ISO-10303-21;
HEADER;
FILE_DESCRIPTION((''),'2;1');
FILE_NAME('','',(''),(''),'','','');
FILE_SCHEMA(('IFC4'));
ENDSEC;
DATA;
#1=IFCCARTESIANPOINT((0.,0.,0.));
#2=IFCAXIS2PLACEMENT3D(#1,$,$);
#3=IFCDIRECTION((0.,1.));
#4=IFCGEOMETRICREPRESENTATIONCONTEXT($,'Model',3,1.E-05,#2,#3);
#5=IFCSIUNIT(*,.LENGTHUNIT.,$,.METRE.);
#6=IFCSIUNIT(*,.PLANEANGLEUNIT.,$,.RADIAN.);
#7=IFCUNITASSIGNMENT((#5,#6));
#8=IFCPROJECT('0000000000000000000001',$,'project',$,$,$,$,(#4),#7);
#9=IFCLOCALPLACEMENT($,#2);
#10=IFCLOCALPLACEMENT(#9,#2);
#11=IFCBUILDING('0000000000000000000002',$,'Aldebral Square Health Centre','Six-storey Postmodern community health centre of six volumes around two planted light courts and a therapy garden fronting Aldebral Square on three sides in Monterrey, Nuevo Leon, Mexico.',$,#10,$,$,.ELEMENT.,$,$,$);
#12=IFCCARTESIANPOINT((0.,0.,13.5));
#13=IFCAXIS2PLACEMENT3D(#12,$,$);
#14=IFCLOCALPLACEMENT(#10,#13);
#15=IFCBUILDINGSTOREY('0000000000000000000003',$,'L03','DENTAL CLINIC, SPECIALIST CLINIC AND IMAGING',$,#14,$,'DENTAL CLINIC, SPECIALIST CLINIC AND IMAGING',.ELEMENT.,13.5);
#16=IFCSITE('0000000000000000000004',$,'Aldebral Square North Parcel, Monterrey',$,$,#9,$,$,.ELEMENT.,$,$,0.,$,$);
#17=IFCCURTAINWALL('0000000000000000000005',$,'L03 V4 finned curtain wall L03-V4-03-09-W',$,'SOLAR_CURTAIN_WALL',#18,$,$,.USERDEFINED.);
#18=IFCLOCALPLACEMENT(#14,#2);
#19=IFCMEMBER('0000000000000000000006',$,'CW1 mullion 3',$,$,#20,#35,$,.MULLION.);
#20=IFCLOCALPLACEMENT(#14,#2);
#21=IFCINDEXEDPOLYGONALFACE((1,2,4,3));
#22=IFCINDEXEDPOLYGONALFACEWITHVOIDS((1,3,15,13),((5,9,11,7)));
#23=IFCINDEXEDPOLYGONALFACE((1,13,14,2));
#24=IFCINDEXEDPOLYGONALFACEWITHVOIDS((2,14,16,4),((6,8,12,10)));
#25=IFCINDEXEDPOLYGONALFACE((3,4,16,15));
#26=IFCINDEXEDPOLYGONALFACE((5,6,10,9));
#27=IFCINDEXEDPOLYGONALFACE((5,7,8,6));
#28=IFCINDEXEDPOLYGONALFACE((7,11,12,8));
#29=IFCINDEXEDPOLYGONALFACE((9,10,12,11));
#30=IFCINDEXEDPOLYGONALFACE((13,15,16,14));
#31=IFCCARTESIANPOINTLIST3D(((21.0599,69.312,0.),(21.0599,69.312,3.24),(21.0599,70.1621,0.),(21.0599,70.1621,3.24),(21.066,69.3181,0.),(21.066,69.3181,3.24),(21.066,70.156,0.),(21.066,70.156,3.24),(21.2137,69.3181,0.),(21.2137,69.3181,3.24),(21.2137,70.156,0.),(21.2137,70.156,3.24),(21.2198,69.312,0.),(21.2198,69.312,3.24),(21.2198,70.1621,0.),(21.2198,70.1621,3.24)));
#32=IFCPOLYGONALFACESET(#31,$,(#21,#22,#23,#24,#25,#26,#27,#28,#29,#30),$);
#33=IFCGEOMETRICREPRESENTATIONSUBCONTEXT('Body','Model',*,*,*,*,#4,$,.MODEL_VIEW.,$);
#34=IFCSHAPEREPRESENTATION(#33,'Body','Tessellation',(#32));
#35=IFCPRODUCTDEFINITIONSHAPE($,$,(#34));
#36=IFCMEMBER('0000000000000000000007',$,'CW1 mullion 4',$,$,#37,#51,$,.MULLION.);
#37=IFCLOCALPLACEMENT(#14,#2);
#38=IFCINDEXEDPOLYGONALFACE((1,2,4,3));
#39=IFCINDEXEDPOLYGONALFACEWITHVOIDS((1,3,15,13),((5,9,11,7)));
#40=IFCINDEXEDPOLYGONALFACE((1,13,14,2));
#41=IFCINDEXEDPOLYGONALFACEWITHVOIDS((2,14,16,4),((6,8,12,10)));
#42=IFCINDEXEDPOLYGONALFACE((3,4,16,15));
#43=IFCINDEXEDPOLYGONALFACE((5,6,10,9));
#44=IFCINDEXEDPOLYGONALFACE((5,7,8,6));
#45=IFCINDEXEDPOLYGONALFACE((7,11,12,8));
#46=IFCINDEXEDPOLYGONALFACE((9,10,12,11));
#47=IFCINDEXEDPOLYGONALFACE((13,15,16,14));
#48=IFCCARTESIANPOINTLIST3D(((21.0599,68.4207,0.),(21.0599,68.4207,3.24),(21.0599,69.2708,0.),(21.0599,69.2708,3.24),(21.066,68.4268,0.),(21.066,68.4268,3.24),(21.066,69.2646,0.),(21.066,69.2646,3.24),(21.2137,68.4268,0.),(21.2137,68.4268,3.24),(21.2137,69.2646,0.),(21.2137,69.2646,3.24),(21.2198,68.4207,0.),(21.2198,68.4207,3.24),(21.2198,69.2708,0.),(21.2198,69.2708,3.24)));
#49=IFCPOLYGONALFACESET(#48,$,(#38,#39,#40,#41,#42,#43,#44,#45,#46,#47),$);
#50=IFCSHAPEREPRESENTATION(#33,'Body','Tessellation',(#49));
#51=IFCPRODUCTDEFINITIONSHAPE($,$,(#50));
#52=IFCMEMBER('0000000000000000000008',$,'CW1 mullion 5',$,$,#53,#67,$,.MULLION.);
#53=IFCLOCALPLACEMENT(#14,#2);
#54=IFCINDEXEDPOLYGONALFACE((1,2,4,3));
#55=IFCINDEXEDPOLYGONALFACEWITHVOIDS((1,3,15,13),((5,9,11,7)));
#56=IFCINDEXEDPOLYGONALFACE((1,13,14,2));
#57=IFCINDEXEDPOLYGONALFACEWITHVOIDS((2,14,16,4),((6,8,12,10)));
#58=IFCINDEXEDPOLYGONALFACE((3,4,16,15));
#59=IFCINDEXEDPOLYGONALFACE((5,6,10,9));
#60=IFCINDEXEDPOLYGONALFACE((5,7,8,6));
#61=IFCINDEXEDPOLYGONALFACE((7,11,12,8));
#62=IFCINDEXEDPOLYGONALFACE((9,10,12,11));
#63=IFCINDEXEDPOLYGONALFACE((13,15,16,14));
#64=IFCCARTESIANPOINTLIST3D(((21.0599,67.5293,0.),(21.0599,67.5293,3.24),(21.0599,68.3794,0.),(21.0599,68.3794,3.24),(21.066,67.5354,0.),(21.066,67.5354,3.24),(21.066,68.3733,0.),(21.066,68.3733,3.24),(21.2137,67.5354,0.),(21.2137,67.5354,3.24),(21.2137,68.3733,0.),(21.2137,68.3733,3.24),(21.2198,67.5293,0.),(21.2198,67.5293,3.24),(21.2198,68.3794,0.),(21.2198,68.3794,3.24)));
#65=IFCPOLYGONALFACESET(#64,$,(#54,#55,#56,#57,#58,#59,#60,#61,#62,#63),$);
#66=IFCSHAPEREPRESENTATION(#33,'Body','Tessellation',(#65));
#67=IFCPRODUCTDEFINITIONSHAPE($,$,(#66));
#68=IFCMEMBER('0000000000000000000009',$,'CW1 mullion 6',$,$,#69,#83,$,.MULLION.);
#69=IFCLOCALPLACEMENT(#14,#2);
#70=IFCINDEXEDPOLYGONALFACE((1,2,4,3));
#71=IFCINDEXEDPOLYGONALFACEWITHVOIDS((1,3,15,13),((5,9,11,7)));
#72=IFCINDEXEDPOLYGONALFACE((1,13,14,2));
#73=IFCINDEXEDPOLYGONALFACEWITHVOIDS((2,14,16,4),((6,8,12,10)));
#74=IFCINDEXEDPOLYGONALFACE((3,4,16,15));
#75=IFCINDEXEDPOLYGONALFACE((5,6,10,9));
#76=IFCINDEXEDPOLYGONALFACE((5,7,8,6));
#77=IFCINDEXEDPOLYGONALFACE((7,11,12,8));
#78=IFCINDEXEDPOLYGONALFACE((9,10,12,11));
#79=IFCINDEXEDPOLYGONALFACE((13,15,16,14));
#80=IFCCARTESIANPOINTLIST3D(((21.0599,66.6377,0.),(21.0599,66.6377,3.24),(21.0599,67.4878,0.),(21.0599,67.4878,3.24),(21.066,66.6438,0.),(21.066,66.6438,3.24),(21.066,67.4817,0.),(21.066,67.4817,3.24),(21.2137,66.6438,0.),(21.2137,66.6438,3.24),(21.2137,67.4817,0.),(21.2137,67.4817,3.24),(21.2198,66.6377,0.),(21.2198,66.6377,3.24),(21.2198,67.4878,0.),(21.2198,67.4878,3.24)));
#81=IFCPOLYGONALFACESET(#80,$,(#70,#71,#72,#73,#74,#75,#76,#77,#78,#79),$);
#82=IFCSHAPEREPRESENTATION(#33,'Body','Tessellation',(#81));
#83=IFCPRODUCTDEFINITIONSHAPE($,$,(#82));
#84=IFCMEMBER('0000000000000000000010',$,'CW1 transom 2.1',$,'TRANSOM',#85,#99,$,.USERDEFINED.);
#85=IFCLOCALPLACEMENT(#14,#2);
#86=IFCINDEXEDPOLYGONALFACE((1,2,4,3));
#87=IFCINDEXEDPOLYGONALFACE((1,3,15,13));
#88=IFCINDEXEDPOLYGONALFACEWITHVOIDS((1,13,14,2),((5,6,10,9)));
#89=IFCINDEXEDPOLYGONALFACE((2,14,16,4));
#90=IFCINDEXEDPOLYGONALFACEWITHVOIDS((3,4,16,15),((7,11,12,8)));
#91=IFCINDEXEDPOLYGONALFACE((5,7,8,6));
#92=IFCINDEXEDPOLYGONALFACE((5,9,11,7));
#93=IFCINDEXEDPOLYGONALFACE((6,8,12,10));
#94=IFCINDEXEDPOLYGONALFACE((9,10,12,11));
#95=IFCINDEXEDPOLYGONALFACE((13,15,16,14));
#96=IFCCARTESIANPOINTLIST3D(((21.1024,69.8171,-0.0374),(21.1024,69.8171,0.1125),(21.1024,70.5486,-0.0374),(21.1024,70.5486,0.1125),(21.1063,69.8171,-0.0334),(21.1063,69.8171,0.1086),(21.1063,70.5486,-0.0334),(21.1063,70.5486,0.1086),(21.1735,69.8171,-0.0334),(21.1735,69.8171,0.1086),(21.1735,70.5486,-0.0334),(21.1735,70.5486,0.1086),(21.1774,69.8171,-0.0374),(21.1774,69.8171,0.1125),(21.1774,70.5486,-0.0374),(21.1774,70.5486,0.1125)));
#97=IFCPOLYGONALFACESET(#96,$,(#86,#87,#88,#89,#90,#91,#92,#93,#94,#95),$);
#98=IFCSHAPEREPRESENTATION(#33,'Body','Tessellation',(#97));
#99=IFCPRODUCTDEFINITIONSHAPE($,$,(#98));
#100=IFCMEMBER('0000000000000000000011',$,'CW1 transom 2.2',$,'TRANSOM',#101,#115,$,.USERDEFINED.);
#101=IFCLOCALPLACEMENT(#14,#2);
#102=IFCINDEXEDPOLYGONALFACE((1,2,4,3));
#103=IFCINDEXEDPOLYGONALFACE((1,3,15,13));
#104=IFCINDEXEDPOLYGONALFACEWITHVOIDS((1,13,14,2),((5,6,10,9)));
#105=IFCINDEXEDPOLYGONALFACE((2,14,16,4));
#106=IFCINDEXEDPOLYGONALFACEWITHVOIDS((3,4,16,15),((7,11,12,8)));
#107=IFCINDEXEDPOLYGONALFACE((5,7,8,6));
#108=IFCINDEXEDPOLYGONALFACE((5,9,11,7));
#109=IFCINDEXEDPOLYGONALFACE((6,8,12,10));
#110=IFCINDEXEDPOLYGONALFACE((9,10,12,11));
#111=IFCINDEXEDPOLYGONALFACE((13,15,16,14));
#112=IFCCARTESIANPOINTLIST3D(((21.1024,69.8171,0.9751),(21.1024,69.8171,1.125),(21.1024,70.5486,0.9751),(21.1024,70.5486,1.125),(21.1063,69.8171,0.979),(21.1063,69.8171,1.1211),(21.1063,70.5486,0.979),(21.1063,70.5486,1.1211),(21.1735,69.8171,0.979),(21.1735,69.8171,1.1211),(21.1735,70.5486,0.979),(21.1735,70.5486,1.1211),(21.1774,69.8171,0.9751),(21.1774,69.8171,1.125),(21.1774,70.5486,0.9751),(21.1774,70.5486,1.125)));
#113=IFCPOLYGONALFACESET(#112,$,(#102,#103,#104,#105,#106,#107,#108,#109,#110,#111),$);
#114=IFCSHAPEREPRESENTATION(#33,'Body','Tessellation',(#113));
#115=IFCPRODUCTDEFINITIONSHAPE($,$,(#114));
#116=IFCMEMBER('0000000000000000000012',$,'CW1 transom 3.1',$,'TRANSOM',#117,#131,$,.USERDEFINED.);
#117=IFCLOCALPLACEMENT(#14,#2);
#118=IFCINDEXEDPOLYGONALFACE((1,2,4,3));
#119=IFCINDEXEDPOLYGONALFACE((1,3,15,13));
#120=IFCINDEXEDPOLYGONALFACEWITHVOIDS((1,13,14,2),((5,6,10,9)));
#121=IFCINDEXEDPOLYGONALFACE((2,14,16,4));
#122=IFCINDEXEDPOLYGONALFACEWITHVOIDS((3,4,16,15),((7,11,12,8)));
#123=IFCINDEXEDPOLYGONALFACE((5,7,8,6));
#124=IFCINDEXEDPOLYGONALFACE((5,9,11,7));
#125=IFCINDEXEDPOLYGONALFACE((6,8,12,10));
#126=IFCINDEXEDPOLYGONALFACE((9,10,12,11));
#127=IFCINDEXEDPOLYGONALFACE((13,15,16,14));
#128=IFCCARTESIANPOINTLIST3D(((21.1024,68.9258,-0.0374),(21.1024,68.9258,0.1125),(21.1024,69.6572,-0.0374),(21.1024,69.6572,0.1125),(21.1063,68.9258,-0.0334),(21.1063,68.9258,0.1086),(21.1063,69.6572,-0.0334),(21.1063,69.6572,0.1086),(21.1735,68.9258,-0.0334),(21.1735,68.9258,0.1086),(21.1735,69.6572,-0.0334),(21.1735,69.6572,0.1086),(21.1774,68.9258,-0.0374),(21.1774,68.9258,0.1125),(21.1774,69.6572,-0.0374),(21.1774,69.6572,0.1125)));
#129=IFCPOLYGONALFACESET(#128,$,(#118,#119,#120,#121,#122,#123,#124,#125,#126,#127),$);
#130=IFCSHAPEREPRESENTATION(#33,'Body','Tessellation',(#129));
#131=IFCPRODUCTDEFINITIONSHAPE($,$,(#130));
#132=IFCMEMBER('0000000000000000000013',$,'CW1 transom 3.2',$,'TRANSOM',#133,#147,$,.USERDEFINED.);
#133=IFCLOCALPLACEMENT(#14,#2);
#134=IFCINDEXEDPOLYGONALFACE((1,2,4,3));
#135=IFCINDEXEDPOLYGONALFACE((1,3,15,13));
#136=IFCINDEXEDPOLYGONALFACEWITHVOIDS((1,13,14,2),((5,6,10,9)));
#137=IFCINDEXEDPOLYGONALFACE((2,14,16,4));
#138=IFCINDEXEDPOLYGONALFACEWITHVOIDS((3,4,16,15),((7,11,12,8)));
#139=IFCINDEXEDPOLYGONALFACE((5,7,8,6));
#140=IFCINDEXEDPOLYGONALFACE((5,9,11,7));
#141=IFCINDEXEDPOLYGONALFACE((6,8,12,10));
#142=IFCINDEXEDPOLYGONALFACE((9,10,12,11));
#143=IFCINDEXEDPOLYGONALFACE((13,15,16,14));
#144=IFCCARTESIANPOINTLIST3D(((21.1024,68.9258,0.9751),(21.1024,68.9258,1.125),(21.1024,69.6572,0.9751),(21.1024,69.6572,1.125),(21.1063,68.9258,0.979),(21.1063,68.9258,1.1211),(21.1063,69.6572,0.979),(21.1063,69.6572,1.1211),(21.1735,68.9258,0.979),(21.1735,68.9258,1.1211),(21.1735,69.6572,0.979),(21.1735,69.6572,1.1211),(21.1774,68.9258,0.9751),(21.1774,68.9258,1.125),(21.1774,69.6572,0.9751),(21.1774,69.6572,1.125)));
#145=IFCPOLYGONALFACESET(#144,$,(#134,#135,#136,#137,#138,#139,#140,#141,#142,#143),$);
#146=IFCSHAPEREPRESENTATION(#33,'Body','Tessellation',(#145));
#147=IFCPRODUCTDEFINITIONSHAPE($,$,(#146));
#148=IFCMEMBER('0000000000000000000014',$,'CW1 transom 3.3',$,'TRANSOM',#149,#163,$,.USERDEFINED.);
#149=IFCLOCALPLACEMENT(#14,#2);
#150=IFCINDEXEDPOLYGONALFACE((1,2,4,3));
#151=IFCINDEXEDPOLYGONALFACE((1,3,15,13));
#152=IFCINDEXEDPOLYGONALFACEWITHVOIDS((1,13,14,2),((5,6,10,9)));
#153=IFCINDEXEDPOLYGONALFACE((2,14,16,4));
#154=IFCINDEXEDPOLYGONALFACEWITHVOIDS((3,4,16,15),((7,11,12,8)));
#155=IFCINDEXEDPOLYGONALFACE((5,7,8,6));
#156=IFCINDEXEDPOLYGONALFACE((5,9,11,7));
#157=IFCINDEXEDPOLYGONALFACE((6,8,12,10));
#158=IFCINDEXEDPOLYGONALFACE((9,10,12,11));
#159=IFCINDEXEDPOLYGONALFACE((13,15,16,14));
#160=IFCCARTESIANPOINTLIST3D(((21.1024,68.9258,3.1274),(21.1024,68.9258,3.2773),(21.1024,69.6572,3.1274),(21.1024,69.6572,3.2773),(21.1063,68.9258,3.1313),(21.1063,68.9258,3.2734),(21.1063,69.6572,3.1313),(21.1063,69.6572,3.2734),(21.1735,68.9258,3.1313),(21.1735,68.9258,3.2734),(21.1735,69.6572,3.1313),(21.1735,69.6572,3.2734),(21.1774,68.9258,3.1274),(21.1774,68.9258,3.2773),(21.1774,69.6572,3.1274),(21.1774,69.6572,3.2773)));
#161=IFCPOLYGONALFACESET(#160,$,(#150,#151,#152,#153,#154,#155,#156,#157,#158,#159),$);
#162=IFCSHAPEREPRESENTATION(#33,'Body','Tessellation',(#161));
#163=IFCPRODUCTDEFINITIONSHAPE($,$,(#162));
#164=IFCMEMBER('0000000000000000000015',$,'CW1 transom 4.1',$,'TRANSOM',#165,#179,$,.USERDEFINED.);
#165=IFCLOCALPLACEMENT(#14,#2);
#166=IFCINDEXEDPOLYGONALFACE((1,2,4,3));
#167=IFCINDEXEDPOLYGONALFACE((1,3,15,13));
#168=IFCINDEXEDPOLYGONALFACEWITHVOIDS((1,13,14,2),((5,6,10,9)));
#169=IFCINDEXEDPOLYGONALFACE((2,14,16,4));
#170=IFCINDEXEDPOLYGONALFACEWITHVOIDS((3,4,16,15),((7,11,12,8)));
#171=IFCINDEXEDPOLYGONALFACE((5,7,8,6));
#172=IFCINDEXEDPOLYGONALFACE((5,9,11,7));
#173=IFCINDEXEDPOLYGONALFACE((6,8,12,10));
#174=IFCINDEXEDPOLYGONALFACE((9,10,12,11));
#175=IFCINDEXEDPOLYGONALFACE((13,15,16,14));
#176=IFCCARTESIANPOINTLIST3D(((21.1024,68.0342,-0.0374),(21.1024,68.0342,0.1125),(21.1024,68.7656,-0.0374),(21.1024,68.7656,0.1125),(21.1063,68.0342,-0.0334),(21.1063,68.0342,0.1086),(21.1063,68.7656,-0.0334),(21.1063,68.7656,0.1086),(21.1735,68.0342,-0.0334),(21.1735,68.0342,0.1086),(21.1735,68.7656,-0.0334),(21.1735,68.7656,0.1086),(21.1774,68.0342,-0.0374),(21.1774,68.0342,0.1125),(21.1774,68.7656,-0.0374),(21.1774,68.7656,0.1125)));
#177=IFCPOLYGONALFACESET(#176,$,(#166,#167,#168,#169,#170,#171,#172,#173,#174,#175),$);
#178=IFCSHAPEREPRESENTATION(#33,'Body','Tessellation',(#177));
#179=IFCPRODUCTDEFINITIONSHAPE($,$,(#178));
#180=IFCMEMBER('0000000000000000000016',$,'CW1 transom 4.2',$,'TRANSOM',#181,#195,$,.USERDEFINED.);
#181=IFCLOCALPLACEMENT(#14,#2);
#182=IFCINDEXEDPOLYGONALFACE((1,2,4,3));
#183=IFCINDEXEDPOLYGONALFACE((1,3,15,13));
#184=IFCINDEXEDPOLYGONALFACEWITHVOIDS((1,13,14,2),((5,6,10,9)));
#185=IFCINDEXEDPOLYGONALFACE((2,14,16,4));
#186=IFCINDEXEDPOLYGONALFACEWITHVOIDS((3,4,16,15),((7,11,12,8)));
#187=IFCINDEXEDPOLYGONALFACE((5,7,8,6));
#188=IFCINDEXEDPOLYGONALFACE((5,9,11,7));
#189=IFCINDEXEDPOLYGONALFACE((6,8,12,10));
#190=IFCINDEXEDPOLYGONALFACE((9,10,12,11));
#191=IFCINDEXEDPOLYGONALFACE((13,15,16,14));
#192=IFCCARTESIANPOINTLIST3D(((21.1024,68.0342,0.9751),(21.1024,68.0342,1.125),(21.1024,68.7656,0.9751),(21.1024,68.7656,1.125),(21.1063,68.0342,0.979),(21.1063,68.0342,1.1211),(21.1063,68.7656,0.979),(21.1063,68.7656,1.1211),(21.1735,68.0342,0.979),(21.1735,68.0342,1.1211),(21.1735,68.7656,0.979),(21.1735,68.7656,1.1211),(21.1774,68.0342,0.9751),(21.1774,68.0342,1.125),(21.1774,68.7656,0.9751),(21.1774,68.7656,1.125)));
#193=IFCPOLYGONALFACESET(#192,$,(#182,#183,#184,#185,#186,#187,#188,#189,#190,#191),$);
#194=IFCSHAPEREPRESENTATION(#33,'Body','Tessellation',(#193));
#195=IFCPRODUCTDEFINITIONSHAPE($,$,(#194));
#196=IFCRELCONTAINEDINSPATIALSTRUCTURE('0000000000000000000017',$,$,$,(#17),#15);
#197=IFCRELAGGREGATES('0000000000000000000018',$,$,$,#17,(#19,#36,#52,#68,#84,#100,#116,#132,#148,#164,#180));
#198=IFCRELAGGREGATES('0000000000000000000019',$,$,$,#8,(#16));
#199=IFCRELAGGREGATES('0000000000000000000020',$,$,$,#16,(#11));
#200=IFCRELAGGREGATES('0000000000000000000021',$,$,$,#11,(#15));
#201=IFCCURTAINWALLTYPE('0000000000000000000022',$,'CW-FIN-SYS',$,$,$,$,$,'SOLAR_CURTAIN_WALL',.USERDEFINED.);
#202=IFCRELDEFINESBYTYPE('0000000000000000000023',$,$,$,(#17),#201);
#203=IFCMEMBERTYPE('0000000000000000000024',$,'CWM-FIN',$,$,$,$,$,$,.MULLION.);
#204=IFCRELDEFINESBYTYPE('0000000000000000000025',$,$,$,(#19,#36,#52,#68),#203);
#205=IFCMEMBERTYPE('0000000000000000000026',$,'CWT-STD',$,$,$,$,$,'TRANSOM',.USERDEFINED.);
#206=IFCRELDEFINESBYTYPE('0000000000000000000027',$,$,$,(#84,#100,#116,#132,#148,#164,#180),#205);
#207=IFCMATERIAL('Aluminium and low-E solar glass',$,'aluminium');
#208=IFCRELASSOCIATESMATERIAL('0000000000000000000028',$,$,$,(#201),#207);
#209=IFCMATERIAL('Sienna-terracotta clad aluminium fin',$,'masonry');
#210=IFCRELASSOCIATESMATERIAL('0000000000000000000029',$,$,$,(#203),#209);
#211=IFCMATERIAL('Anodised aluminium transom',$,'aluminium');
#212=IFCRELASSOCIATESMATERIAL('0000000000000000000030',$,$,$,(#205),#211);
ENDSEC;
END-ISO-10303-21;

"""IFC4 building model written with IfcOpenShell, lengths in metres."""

from ifc_helpers import new_model, si_unit, direction, frame, origin, origin_2d, place, context, subcontext, project, spatial, hollow_rectangle, extrude, material, material_profile, profile_set, type_object, element, aggregate, save


model = new_model("IFC4")

# Units and contexts
model_context = context("Model", 3, precision=1e-05, world=origin(), true_north=direction((0.0, 1.0)))
body_context = subcontext(model_context, "Body", "Model", "MODEL_VIEW")
ifc_project = project(units=[si_unit("LENGTHUNIT", "METRE"), si_unit("PLANEANGLEUNIT", "RADIAN")], contexts=[model_context])

# Site, building, storey
site_placement = place(None, origin())
site = spatial("IfcSite", under=ifc_project, at=site_placement, Name="Aldebral Square North Parcel, Monterrey", CompositionType="ELEMENT", RefElevation=0.0)
building_placement = place(site_placement, origin())
building = spatial("IfcBuilding", under=site, at=building_placement, Name="Aldebral Square Health Centre", Description="Six-storey Postmodern community health centre of six volumes around two planted light courts and a therapy garden fronting Aldebral Square on three sides in Monterrey, Nuevo Leon, Mexico.", CompositionType="ELEMENT")
storey_placement = place(building_placement, frame((0.0, 0.0, 13.5)))
storey = spatial("IfcBuildingStorey", under=building, at=storey_placement, Name="L03", Description="DENTAL CLINIC, SPECIALIST CLINIC AND IMAGING", LongName="DENTAL CLINIC, SPECIALIST CLINIC AND IMAGING", CompositionType="ELEMENT", Elevation=13.5)

# Curtain wall, members
ifc_material_1 = material(Name="Aluminium and low-E solar glass", Category="aluminium")
curtain_wall_type = type_object("IfcCurtainWallType", Name="CW-FIN-SYS", ElementType="SOLAR_CURTAIN_WALL", PredefinedType="USERDEFINED", material=ifc_material_1)
curtain_wall_placement = place(storey_placement, origin())
curtain_wall = element("IfcCurtainWall", 1, at=curtain_wall_placement, inside=storey, type_object=curtain_wall_type, Name="L03 V4 finned curtain wall L03-V4-03-09-W", ObjectType="SOLAR_CURTAIN_WALL", PredefinedType="USERDEFINED")
ifc_material_2 = material(Name="Sienna-terracotta clad aluminium fin", Category="masonry")
ifc_material_profile_1 = material_profile(ifc_material_2, hollow_rectangle(XDim=0.1599, YDim=0.8501, WallThickness=0.0061, at=origin_2d()), Name="FIN 160x850x6")
ifc_profile_set_1 = profile_set([ifc_material_profile_1], Name="Sienna-terracotta clad aluminium fin")
member_type_1 = type_object("IfcMemberType", Name="CWM-FIN", PredefinedType="MULLION", material=ifc_profile_set_1)
member_1_placement = place(storey_placement, frame((21.1399, 69.7371, 0.0), z_axis=(0.0, 0.0, 1.0), x_axis=(1.0, 0.0, 0.0)))
member_1 = element("IfcMember", 2, at=member_1_placement, type_object=member_type_1, Name="CW1 mullion 3", PredefinedType="MULLION", context=body_context, shape_type="SweptSolid", body=[
    extrude(hollow_rectangle(XDim=0.1599, YDim=0.8501, WallThickness=0.0061, at=origin_2d()), origin(), (0.0, 0.0, 1.0), 3.24),
])
member_2_placement = place(storey_placement, frame((21.1399, 68.8457, 0.0), z_axis=(0.0, 0.0, 1.0), x_axis=(1.0, 0.0, 0.0)))
member_2 = element("IfcMember", 3, at=member_2_placement, type_object=member_type_1, Name="CW1 mullion 4", PredefinedType="MULLION", context=body_context, shape_type="SweptSolid", body=[
    extrude(hollow_rectangle(XDim=0.1599, YDim=0.8501, WallThickness=0.0061, at=origin_2d()), origin(), (0.0, 0.0, 1.0), 3.24),
])
member_3_placement = place(storey_placement, frame((21.1399, 67.9543, 0.0), z_axis=(0.0, 0.0, 1.0), x_axis=(1.0, 0.0, 0.0)))
member_3 = element("IfcMember", 4, at=member_3_placement, type_object=member_type_1, Name="CW1 mullion 5", PredefinedType="MULLION", context=body_context, shape_type="SweptSolid", body=[
    extrude(hollow_rectangle(XDim=0.1599, YDim=0.8501, WallThickness=0.0061, at=origin_2d()), origin(), (0.0, 0.0, 1.0), 3.24),
])
member_4_placement = place(storey_placement, frame((21.1399, 67.0627, 0.0), z_axis=(0.0, 0.0, 1.0), x_axis=(1.0, 0.0, 0.0)))
member_4 = element("IfcMember", 5, at=member_4_placement, type_object=member_type_1, Name="CW1 mullion 6", PredefinedType="MULLION", context=body_context, shape_type="SweptSolid", body=[
    extrude(hollow_rectangle(XDim=0.1599, YDim=0.8501, WallThickness=0.0061, at=origin_2d()), origin(), (0.0, 0.0, 1.0), 3.24),
])
ifc_material_3 = material(Name="Anodised aluminium transom", Category="aluminium")
ifc_material_profile_2 = material_profile(ifc_material_3, hollow_rectangle(XDim=0.075, YDim=0.1499, WallThickness=0.0039, at=origin_2d()), Name="CWT 75x150x4")
ifc_profile_set_2 = profile_set([ifc_material_profile_2], Name="Anodised aluminium transom")
member_type_2 = type_object("IfcMemberType", Name="CWT-STD", ElementType="TRANSOM", PredefinedType="USERDEFINED", material=ifc_profile_set_2)
member_5_placement = place(storey_placement, frame((21.1399, 70.5486, 0.0376), z_axis=(0.0, -1.0, 0.0), x_axis=(1.0, 0.0, 0.0)))
member_5 = element("IfcMember", 6, at=member_5_placement, type_object=member_type_2, Name="CW1 transom 2.1", ObjectType="TRANSOM", PredefinedType="USERDEFINED", context=body_context, shape_type="SweptSolid", body=[
    extrude(hollow_rectangle(XDim=0.075, YDim=0.1499, WallThickness=0.0039, at=origin_2d()), origin(), (0.0, 0.0, 1.0), 0.7314),
])
member_6_placement = place(storey_placement, frame((21.1399, 70.5486, 1.05), z_axis=(0.0, -1.0, 0.0), x_axis=(1.0, 0.0, 0.0)))
member_6 = element("IfcMember", 7, at=member_6_placement, type_object=member_type_2, Name="CW1 transom 2.2", ObjectType="TRANSOM", PredefinedType="USERDEFINED", context=body_context, shape_type="SweptSolid", body=[
    extrude(hollow_rectangle(XDim=0.075, YDim=0.1499, WallThickness=0.0039, at=origin_2d()), origin(), (0.0, 0.0, 1.0), 0.7314),
])
member_7_placement = place(storey_placement, frame((21.1399, 69.6572, 0.0376), z_axis=(0.0, -1.0, 0.0), x_axis=(1.0, 0.0, 0.0)))
member_7 = element("IfcMember", 8, at=member_7_placement, type_object=member_type_2, Name="CW1 transom 3.1", ObjectType="TRANSOM", PredefinedType="USERDEFINED", context=body_context, shape_type="SweptSolid", body=[
    extrude(hollow_rectangle(XDim=0.075, YDim=0.1499, WallThickness=0.0039, at=origin_2d()), origin(), (0.0, 0.0, 1.0), 0.7314),
])
member_8_placement = place(storey_placement, frame((21.1399, 69.6572, 1.05), z_axis=(0.0, -1.0, 0.0), x_axis=(1.0, 0.0, 0.0)))
member_8 = element("IfcMember", 9, at=member_8_placement, type_object=member_type_2, Name="CW1 transom 3.2", ObjectType="TRANSOM", PredefinedType="USERDEFINED", context=body_context, shape_type="SweptSolid", body=[
    extrude(hollow_rectangle(XDim=0.075, YDim=0.1499, WallThickness=0.0039, at=origin_2d()), origin(), (0.0, 0.0, 1.0), 0.7314),
])
member_9_placement = place(storey_placement, frame((21.1399, 69.6572, 3.2024), z_axis=(0.0, -1.0, 0.0), x_axis=(1.0, 0.0, 0.0)))
member_9 = element("IfcMember", 10, at=member_9_placement, type_object=member_type_2, Name="CW1 transom 3.3", ObjectType="TRANSOM", PredefinedType="USERDEFINED", context=body_context, shape_type="SweptSolid", body=[
    extrude(hollow_rectangle(XDim=0.075, YDim=0.1499, WallThickness=0.0039, at=origin_2d()), origin(), (0.0, 0.0, 1.0), 0.7314),
])
member_10_placement = place(storey_placement, frame((21.1399, 68.7656, 0.0376), z_axis=(0.0, -1.0, 0.0), x_axis=(1.0, 0.0, 0.0)))
member_10 = element("IfcMember", 11, at=member_10_placement, type_object=member_type_2, Name="CW1 transom 4.1", ObjectType="TRANSOM", PredefinedType="USERDEFINED", context=body_context, shape_type="SweptSolid", body=[
    extrude(hollow_rectangle(XDim=0.075, YDim=0.1499, WallThickness=0.0039, at=origin_2d()), origin(), (0.0, 0.0, 1.0), 0.7314),
])
member_11_placement = place(storey_placement, frame((21.1399, 68.7656, 1.05), z_axis=(0.0, -1.0, 0.0), x_axis=(1.0, 0.0, 0.0)))
member_11 = element("IfcMember", 12, at=member_11_placement, type_object=member_type_2, Name="CW1 transom 4.2", ObjectType="TRANSOM", PredefinedType="USERDEFINED", context=body_context, shape_type="SweptSolid", body=[
    extrude(hollow_rectangle(XDim=0.075, YDim=0.1499, WallThickness=0.0039, at=origin_2d()), origin(), (0.0, 0.0, 1.0), 0.7314),
])
aggregate(curtain_wall, [member_1, member_2, member_3, member_4, member_5, member_6, member_7, member_8, member_9, member_10, member_11])

save(model, "model.ifc")
